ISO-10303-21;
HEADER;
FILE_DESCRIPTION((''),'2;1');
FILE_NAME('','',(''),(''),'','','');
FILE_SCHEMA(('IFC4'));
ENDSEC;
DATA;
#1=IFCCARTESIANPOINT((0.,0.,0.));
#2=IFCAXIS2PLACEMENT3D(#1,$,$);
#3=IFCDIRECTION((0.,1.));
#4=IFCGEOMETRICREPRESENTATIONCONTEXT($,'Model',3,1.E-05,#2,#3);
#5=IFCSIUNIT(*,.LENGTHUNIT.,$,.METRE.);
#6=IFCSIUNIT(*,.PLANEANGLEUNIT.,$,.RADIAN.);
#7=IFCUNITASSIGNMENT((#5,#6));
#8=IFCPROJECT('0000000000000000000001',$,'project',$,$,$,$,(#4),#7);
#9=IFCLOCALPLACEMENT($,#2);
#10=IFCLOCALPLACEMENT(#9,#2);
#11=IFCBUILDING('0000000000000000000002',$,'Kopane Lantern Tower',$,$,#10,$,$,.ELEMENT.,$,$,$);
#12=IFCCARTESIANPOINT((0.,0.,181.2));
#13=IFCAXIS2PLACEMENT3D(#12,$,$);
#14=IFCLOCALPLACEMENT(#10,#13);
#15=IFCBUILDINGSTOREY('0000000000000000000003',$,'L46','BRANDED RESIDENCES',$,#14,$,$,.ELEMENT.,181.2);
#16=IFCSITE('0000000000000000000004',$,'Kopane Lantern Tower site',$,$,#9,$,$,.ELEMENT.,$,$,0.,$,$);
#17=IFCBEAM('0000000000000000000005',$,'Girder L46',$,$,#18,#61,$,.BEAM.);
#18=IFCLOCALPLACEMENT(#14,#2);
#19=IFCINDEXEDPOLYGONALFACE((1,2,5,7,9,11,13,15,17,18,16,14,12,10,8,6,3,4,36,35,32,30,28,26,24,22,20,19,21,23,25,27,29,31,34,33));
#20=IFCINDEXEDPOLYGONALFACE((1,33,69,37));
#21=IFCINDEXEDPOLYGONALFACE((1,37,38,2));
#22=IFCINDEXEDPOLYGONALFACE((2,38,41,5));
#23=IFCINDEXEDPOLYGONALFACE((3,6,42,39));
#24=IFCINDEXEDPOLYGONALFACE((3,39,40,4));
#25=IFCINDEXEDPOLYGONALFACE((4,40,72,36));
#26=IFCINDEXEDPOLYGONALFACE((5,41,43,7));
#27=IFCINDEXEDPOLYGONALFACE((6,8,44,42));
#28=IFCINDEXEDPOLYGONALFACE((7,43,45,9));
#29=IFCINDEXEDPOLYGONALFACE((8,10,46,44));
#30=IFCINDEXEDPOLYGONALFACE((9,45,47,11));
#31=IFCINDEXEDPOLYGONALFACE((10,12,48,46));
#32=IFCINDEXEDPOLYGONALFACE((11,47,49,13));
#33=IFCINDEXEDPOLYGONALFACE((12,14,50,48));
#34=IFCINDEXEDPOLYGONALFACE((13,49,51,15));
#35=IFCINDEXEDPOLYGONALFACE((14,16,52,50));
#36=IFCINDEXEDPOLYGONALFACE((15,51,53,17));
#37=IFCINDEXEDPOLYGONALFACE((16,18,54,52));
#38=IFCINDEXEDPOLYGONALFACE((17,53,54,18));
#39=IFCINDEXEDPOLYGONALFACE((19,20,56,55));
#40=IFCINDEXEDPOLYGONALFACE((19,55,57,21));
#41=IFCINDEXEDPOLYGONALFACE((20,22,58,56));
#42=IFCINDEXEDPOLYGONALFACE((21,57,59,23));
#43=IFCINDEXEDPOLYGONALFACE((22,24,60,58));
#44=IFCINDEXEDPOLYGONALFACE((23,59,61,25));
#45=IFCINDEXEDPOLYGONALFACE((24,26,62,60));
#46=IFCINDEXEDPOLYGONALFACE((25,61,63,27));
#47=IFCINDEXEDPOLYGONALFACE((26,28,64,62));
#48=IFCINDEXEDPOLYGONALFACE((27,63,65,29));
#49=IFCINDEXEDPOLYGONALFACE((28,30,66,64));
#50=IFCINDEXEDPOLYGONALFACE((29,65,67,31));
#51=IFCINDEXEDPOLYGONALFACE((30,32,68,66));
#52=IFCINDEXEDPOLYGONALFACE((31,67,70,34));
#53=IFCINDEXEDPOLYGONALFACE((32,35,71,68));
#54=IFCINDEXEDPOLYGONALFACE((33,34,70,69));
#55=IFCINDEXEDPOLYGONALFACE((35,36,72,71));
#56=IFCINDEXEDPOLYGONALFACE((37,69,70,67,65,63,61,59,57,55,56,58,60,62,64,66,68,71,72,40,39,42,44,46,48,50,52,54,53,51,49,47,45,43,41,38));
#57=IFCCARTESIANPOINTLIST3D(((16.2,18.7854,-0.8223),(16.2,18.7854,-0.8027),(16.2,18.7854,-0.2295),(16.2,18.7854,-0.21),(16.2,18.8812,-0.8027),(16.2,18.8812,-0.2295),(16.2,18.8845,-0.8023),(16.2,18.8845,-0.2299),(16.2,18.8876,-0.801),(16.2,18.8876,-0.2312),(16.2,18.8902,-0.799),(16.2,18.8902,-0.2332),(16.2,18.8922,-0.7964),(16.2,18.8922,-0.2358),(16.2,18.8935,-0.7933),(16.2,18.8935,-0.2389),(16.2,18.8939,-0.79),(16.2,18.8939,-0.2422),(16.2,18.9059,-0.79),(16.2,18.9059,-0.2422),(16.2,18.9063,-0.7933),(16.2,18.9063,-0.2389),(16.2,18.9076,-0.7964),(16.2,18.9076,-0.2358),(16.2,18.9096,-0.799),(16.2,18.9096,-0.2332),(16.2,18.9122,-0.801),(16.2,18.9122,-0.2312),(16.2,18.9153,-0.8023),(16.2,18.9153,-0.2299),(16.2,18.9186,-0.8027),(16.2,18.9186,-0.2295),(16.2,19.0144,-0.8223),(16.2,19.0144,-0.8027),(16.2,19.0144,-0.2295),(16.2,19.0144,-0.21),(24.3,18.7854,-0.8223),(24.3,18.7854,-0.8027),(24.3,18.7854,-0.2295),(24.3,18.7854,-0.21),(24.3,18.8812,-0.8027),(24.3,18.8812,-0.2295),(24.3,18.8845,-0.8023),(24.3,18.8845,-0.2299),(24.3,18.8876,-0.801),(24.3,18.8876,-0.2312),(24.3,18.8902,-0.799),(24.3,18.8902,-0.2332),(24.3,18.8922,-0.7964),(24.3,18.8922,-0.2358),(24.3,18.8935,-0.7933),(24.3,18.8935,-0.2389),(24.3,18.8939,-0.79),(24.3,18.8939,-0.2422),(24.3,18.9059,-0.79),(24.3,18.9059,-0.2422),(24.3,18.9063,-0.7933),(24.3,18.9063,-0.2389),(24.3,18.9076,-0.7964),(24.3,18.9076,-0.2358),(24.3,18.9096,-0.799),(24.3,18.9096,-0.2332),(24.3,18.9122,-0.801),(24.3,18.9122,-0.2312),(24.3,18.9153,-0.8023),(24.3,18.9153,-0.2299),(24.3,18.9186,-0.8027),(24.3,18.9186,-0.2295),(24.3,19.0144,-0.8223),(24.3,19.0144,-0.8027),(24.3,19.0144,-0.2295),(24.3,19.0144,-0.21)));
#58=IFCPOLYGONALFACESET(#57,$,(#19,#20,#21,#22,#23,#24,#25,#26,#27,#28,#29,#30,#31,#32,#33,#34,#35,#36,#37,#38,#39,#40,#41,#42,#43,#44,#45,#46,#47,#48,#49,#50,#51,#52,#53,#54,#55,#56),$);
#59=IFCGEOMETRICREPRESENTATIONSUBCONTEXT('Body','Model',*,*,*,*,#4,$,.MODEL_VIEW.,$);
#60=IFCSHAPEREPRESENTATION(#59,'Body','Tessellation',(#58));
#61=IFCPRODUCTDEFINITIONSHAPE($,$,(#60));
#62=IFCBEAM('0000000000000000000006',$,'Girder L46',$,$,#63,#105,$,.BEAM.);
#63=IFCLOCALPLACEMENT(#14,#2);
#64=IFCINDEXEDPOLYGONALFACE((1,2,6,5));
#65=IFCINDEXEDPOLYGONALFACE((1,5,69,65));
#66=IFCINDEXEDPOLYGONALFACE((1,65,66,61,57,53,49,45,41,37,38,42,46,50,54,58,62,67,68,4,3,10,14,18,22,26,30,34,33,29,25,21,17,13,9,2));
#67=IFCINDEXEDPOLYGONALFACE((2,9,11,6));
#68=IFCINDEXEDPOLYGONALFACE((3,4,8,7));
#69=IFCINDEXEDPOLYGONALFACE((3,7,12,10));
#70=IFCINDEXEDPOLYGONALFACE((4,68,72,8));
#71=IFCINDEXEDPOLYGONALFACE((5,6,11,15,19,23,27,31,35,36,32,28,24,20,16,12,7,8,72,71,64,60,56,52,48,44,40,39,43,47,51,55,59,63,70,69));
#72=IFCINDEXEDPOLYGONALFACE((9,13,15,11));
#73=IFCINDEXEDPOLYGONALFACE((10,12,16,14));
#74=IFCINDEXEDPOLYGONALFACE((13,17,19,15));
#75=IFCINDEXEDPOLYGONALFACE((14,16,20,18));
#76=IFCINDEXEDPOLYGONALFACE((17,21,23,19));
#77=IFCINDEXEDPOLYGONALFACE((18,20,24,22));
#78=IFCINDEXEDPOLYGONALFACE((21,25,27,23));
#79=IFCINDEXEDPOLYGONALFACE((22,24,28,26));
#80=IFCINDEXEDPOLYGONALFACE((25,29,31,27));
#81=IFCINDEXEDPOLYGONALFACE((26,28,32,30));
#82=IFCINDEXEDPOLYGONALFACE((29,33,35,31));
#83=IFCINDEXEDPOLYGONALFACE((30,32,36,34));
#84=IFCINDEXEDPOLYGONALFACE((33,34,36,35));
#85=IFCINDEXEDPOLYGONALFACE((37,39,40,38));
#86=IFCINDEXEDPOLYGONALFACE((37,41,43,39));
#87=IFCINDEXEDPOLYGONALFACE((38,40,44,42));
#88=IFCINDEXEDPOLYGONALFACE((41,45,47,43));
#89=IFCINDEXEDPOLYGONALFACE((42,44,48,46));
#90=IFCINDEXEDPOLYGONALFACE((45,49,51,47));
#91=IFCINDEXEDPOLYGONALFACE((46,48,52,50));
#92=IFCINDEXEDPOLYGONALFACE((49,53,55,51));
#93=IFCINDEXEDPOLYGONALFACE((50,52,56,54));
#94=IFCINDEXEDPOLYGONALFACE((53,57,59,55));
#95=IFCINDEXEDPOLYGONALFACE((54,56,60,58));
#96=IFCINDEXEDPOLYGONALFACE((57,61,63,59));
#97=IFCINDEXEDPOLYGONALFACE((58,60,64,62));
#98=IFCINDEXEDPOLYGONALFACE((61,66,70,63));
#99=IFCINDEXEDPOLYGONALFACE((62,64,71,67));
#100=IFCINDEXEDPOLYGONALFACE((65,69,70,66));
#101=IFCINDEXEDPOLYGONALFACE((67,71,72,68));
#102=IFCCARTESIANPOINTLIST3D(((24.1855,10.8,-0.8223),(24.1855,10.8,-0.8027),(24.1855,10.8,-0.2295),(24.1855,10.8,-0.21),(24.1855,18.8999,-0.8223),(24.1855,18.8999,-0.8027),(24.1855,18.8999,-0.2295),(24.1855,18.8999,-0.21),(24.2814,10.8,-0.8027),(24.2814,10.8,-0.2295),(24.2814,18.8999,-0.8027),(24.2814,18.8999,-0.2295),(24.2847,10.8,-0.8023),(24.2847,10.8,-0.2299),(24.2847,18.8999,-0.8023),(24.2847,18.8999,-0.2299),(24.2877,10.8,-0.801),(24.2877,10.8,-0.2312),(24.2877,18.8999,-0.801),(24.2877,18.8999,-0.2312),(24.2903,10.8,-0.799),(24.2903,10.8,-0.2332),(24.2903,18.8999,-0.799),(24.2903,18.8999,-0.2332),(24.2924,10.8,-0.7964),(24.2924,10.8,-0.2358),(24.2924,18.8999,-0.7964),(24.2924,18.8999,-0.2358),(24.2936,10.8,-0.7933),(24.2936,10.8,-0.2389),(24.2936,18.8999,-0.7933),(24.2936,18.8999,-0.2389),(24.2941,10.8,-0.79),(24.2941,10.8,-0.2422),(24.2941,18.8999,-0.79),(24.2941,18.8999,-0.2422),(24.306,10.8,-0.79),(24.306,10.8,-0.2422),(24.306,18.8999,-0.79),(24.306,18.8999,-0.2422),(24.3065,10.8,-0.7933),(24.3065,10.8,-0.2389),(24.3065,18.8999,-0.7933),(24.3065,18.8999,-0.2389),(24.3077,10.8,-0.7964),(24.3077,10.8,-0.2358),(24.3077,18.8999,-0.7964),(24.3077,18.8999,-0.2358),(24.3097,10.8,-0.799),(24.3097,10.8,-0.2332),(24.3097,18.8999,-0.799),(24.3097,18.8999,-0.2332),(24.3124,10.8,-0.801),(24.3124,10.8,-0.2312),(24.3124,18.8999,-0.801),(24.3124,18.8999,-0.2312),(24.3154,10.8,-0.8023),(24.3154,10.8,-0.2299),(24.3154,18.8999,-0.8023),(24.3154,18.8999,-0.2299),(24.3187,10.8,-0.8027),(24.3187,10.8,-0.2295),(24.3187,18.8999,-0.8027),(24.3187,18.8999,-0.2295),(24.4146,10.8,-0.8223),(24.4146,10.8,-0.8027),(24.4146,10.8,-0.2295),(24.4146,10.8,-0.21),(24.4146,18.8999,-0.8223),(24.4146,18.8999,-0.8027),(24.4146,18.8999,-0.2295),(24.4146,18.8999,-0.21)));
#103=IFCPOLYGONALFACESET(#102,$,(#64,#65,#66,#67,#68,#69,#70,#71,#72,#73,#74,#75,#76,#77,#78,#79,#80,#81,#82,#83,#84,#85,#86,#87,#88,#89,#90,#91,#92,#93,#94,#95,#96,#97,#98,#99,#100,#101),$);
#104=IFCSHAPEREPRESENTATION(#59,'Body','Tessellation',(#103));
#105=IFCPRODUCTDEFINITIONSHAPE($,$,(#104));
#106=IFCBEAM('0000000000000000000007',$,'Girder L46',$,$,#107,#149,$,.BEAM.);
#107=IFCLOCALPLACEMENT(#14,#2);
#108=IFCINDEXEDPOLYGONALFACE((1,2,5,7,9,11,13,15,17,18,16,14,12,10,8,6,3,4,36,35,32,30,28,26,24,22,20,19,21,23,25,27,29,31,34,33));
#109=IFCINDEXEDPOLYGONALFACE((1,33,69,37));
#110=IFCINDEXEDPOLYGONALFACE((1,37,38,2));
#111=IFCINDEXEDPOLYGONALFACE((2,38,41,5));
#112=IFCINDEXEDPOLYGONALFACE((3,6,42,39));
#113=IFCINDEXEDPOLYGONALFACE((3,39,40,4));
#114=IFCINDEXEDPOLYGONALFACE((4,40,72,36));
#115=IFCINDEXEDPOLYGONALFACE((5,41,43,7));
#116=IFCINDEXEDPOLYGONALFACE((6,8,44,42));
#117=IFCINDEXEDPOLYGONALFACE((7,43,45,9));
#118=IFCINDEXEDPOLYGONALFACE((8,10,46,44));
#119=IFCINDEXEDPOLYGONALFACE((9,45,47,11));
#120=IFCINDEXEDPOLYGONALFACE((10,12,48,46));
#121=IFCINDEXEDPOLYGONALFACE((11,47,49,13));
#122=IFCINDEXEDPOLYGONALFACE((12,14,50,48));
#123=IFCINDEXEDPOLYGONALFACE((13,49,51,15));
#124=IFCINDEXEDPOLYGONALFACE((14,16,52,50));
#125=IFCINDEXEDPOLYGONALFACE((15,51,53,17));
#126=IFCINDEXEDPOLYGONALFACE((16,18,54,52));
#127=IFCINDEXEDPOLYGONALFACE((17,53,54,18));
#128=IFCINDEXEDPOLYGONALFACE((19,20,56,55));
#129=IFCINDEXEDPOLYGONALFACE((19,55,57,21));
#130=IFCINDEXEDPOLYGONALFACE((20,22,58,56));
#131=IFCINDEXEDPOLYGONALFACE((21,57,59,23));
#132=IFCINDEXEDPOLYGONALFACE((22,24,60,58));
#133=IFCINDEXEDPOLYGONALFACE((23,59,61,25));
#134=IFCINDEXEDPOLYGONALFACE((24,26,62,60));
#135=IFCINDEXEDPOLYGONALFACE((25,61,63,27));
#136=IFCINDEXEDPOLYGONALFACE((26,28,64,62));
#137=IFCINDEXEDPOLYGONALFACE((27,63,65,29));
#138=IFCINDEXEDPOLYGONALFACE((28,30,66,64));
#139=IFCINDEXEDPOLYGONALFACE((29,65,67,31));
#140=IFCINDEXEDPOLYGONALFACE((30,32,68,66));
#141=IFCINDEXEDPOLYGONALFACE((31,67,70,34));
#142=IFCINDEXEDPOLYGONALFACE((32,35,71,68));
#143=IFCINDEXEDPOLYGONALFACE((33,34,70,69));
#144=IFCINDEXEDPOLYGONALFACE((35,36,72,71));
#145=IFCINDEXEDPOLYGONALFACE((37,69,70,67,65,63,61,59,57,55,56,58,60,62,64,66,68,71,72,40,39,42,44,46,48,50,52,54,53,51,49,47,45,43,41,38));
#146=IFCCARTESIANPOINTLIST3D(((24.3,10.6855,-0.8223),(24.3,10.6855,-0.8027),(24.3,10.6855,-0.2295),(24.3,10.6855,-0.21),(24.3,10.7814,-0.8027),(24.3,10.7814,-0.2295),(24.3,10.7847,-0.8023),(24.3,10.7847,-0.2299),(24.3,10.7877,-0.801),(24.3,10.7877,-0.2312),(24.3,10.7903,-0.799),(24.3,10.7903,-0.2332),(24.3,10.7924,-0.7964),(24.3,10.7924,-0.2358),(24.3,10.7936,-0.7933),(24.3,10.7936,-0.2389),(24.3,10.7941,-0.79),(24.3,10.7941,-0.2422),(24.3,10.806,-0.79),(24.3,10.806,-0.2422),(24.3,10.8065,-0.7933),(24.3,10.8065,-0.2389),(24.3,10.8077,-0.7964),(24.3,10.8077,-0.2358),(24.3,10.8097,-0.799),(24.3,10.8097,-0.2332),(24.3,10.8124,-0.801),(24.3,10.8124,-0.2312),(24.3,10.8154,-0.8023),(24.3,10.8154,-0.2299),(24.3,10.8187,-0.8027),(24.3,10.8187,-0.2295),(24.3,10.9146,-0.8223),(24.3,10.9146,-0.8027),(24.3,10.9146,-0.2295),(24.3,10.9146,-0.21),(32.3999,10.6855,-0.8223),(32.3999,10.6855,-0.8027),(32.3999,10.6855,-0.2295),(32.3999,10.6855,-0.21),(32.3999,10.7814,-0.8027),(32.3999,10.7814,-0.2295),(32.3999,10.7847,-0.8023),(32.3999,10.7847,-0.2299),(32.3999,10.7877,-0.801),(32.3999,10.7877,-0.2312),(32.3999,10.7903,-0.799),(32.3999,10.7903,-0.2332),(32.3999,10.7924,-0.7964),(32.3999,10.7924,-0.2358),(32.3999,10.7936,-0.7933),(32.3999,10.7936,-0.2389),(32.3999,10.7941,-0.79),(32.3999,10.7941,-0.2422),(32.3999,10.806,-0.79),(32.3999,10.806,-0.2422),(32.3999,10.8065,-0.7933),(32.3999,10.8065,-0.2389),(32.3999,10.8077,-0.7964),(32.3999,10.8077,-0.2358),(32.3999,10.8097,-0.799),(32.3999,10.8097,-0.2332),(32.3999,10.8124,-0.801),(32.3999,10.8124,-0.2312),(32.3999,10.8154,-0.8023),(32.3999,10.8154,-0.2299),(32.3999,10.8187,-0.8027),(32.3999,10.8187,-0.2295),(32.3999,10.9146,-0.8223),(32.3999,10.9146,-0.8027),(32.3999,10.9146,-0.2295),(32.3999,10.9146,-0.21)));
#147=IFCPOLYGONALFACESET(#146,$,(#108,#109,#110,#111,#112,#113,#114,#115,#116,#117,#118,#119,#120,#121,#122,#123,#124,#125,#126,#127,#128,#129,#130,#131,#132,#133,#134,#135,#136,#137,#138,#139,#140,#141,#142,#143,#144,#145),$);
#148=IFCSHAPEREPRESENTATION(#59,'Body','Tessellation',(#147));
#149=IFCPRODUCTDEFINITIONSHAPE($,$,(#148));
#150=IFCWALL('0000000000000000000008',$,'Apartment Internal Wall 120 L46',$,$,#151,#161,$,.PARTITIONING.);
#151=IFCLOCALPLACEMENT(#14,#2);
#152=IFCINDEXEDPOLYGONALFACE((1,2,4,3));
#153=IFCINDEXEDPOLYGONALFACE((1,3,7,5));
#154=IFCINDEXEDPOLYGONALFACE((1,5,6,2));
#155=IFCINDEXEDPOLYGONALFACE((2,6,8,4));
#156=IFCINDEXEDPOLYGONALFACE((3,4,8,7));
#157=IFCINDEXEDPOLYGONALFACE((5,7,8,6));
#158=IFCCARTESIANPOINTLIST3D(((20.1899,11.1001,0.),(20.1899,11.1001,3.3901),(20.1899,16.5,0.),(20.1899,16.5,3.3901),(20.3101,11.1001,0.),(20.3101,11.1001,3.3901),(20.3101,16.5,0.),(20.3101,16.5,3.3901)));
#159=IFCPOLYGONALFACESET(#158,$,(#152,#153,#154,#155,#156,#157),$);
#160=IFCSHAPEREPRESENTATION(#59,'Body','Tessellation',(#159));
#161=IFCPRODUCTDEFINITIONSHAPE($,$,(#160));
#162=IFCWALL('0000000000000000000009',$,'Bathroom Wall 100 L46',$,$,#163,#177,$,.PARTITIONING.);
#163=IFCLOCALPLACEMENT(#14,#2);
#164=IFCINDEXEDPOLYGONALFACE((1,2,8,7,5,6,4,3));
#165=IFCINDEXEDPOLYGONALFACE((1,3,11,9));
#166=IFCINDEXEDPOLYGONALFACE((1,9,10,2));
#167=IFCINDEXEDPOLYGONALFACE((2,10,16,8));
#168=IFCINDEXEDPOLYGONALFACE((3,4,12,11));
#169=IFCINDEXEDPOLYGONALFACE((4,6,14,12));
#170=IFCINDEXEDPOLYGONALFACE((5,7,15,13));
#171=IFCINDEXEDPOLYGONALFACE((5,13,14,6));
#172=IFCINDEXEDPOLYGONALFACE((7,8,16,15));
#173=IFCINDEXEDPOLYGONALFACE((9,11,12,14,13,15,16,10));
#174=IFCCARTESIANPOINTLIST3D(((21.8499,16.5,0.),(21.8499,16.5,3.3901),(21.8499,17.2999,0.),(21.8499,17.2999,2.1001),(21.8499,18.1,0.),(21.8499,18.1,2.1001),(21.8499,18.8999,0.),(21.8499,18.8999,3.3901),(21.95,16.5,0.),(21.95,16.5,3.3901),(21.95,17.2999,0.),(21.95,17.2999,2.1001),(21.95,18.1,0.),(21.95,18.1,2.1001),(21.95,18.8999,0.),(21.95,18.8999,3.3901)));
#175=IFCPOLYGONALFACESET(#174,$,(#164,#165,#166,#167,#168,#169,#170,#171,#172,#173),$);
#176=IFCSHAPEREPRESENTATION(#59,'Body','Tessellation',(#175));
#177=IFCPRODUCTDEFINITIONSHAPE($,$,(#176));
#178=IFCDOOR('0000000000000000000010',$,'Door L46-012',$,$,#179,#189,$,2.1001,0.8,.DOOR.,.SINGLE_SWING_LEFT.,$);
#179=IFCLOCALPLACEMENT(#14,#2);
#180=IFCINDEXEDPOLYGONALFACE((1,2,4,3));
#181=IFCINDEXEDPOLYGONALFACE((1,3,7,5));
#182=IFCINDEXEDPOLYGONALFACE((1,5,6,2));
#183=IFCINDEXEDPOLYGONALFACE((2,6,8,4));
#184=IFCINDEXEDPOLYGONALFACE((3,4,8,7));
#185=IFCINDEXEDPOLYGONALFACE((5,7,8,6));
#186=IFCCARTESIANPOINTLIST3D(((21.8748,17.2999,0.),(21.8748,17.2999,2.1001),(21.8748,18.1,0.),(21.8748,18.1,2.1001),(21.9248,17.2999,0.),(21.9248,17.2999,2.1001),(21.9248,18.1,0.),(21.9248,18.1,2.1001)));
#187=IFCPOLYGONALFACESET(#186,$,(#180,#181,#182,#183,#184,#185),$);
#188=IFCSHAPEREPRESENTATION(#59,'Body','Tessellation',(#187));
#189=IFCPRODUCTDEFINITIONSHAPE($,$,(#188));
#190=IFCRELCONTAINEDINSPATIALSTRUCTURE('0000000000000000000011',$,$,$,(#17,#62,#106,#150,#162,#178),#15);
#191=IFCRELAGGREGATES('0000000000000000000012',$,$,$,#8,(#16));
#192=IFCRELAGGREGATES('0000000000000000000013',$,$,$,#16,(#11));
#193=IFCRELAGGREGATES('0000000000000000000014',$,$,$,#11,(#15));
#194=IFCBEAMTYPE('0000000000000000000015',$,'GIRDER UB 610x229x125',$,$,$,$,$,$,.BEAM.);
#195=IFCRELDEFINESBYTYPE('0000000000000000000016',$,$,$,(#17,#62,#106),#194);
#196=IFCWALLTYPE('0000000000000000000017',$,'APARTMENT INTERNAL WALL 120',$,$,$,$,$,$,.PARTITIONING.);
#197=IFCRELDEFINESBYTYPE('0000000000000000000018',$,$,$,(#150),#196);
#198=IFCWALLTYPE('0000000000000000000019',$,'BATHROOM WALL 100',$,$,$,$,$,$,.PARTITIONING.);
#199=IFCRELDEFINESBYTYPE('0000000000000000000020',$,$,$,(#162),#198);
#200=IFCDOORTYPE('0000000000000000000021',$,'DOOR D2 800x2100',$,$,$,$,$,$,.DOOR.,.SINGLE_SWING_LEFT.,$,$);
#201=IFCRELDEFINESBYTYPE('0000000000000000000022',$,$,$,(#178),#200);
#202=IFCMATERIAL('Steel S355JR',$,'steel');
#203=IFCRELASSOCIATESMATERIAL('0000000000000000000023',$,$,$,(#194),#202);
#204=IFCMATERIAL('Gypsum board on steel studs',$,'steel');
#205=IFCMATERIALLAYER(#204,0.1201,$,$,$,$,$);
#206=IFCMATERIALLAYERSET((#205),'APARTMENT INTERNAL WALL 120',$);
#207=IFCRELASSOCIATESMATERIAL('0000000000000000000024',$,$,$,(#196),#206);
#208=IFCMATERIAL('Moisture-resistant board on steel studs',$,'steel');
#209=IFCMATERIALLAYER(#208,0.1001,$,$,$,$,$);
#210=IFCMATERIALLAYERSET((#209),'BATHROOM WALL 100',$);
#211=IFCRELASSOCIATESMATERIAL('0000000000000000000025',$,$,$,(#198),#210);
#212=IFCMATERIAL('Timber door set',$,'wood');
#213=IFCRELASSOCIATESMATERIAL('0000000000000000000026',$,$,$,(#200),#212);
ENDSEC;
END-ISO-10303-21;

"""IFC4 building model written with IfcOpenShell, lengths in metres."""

from ifc_helpers import new_model, si_unit, direction, frame, frame_2d, origin, origin_2d, place, context, subcontext, project, spatial, rectangle, i_section, extrude, material, layer, layer_set, material_profile, profile_set, type_object, element, fill, save


model = new_model("IFC4")

# Units and contexts
model_context = context("Model", 3, precision=1e-05, world=origin(), true_north=direction((0.0, 1.0)))
body_context = subcontext(model_context, "Body", "Model", "MODEL_VIEW")
ifc_project = project(units=[si_unit("LENGTHUNIT", "METRE"), si_unit("PLANEANGLEUNIT", "RADIAN")], contexts=[model_context])

# Site, building, storey
site_placement = place(None, origin())
site = spatial("IfcSite", under=ifc_project, at=site_placement, Name="Kopane Lantern Tower site", CompositionType="ELEMENT", RefElevation=0.0)
building_placement = place(site_placement, origin())
building = spatial("IfcBuilding", under=site, at=building_placement, Name="Kopane Lantern Tower", CompositionType="ELEMENT")
storey_placement = place(building_placement, frame((0.0, 0.0, 181.2)))
storey = spatial("IfcBuildingStorey", under=building, at=storey_placement, Name="L46", Description="BRANDED RESIDENCES", CompositionType="ELEMENT", Elevation=181.2)

# Beams
ifc_material_1 = material(Name="Steel S355JR", Category="steel")
ifc_material_profile_1 = material_profile(ifc_material_1, i_section(OverallWidth=0.229, OverallDepth=0.6123, WebThickness=0.012, FlangeThickness=0.0195, FilletRadius=0.0127, at=origin_2d()), Name="UB 610x229x125")
ifc_profile_set_1 = profile_set([ifc_material_profile_1], Name="Steel S355JR")
beam_type = type_object("IfcBeamType", Name="GIRDER UB 610x229x125", PredefinedType="BEAM", material=ifc_profile_set_1)
beam_1_placement = place(storey_placement, frame((16.2, 18.8999, -0.5161), z_axis=(1.0, 0.0, 0.0), x_axis=(0.0, 1.0, 0.0)))
element("IfcBeam", 1, at=beam_1_placement, inside=storey, type_object=beam_type, Name="Girder L46", PredefinedType="BEAM", context=body_context, shape_type="SweptSolid", body=[
    extrude(i_section(OverallWidth=0.229, OverallDepth=0.6123, WebThickness=0.012, FlangeThickness=0.0195, FilletRadius=0.0127, at=origin_2d()), origin(), (0.0, 0.0, 1.0), 8.1001),
])
for number, where, z_axis, x_axis, name in (
    (2, (24.3, 10.8, -0.5161), (0.0, 1.0, 0.0), (-1.0, 0.0, 0.0), "Girder L46"),
    (3, (24.3, 10.8, -0.5161), (1.0, 0.0, 0.0), (0.0, 1.0, 0.0), "Girder L46"),
):
    element("IfcBeam", number, at=place(storey_placement, frame(where, z_axis=z_axis, x_axis=x_axis)), inside=storey, type_object=beam_type, Name=name, PredefinedType="BEAM", context=body_context, shape_type="SweptSolid", body=[
        extrude(i_section(OverallWidth=0.229, OverallDepth=0.6123, WebThickness=0.012, FlangeThickness=0.0195, FilletRadius=0.0127, at=origin_2d()), origin(), (0.0, 0.0, 1.0), 8.0999),
    ])

# Wall
ifc_material_2 = material(Name="Gypsum board on steel studs", Category="steel")
ifc_layer_1 = layer(ifc_material_2, 0.1201)
ifc_layer_set_1 = layer_set([ifc_layer_1], Name="APARTMENT INTERNAL WALL 120")
wall_type_1 = type_object("IfcWallType", Name="APARTMENT INTERNAL WALL 120", PredefinedType="PARTITIONING", material=ifc_layer_set_1)
wall_1_placement = place(storey_placement, frame((20.25, 16.5, 0.0), z_axis=(0.0, 0.0, 1.0), x_axis=(0.0, -1.0, 0.0)))
element("IfcWall", 4, at=wall_1_placement, inside=storey, type_object=wall_type_1, Name="Apartment Internal Wall 120 L46", PredefinedType="PARTITIONING", context=body_context, shape_type="SweptSolid", body=[
    extrude(rectangle(XDim=5.3999, YDim=0.1201, at=frame_2d((2.7, 0.0))), origin(), (0.0, 0.0, 1.0), 3.3901),
])

# Wall, opening, door
ifc_material_3 = material(Name="Moisture-resistant board on steel studs", Category="steel")
ifc_layer_2 = layer(ifc_material_3, 0.1001)
ifc_layer_set_2 = layer_set([ifc_layer_2], Name="BATHROOM WALL 100")
wall_type_2 = type_object("IfcWallType", Name="BATHROOM WALL 100", PredefinedType="PARTITIONING", material=ifc_layer_set_2)
wall_2_placement = place(storey_placement, frame((21.8999, 18.8999, 0.0), z_axis=(0.0, 0.0, 1.0), x_axis=(0.0, -1.0, 0.0)))
wall_2 = element("IfcWall", 5, at=wall_2_placement, inside=storey, type_object=wall_type_2, Name="Bathroom Wall 100 L46", PredefinedType="PARTITIONING", context=body_context, shape_type="SweptSolid", body=[
    extrude(rectangle(XDim=2.3999, YDim=0.1001, at=frame_2d((1.2, 0.0))), origin(), (0.0, 0.0, 1.0), 3.3901),
])
opening_placement = place(wall_2_placement, frame((0.8, 0.0, 0.0)))
opening = element("IfcOpeningElement", 6, at=opening_placement, cuts=wall_2, PredefinedType="OPENING", context=body_context, shape_type="SweptSolid", body=[
    extrude(rectangle(XDim=0.8, YDim=2.1001, at=frame_2d((0.3999, 1.05))), frame((0.0, 0.0601, 0.0), z_axis=(0.0, -1.0, 0.0), x_axis=(1.0, 0.0, 0.0)), (0.0, 0.0, 1.0), 0.1201),
])
ifc_material_4 = material(Name="Timber door set", Category="wood")
door_type = type_object("IfcDoorType", Name="DOOR D2 800x2100", OperationType="SINGLE_SWING_LEFT", PredefinedType="DOOR", material=ifc_material_4)
door_placement = place(opening_placement, origin())
door = element("IfcDoor", 7, at=door_placement, inside=storey, type_object=door_type, Name="Door L46-012", OperationType="SINGLE_SWING_LEFT", OverallHeight=2.1001, OverallWidth=0.8, PredefinedType="DOOR", context=body_context, shape_type="SweptSolid", body=[
    extrude(rectangle(XDim=0.8, YDim=2.1001, at=frame_2d((0.3999, 1.05))), frame((0.0, 0.0249, 0.0), z_axis=(0.0, -1.0, 0.0), x_axis=(1.0, 0.0, 0.0)), (0.0, 0.0, 1.0), 0.05),
])
fill(opening, door)

save(model, "model.ifc")
